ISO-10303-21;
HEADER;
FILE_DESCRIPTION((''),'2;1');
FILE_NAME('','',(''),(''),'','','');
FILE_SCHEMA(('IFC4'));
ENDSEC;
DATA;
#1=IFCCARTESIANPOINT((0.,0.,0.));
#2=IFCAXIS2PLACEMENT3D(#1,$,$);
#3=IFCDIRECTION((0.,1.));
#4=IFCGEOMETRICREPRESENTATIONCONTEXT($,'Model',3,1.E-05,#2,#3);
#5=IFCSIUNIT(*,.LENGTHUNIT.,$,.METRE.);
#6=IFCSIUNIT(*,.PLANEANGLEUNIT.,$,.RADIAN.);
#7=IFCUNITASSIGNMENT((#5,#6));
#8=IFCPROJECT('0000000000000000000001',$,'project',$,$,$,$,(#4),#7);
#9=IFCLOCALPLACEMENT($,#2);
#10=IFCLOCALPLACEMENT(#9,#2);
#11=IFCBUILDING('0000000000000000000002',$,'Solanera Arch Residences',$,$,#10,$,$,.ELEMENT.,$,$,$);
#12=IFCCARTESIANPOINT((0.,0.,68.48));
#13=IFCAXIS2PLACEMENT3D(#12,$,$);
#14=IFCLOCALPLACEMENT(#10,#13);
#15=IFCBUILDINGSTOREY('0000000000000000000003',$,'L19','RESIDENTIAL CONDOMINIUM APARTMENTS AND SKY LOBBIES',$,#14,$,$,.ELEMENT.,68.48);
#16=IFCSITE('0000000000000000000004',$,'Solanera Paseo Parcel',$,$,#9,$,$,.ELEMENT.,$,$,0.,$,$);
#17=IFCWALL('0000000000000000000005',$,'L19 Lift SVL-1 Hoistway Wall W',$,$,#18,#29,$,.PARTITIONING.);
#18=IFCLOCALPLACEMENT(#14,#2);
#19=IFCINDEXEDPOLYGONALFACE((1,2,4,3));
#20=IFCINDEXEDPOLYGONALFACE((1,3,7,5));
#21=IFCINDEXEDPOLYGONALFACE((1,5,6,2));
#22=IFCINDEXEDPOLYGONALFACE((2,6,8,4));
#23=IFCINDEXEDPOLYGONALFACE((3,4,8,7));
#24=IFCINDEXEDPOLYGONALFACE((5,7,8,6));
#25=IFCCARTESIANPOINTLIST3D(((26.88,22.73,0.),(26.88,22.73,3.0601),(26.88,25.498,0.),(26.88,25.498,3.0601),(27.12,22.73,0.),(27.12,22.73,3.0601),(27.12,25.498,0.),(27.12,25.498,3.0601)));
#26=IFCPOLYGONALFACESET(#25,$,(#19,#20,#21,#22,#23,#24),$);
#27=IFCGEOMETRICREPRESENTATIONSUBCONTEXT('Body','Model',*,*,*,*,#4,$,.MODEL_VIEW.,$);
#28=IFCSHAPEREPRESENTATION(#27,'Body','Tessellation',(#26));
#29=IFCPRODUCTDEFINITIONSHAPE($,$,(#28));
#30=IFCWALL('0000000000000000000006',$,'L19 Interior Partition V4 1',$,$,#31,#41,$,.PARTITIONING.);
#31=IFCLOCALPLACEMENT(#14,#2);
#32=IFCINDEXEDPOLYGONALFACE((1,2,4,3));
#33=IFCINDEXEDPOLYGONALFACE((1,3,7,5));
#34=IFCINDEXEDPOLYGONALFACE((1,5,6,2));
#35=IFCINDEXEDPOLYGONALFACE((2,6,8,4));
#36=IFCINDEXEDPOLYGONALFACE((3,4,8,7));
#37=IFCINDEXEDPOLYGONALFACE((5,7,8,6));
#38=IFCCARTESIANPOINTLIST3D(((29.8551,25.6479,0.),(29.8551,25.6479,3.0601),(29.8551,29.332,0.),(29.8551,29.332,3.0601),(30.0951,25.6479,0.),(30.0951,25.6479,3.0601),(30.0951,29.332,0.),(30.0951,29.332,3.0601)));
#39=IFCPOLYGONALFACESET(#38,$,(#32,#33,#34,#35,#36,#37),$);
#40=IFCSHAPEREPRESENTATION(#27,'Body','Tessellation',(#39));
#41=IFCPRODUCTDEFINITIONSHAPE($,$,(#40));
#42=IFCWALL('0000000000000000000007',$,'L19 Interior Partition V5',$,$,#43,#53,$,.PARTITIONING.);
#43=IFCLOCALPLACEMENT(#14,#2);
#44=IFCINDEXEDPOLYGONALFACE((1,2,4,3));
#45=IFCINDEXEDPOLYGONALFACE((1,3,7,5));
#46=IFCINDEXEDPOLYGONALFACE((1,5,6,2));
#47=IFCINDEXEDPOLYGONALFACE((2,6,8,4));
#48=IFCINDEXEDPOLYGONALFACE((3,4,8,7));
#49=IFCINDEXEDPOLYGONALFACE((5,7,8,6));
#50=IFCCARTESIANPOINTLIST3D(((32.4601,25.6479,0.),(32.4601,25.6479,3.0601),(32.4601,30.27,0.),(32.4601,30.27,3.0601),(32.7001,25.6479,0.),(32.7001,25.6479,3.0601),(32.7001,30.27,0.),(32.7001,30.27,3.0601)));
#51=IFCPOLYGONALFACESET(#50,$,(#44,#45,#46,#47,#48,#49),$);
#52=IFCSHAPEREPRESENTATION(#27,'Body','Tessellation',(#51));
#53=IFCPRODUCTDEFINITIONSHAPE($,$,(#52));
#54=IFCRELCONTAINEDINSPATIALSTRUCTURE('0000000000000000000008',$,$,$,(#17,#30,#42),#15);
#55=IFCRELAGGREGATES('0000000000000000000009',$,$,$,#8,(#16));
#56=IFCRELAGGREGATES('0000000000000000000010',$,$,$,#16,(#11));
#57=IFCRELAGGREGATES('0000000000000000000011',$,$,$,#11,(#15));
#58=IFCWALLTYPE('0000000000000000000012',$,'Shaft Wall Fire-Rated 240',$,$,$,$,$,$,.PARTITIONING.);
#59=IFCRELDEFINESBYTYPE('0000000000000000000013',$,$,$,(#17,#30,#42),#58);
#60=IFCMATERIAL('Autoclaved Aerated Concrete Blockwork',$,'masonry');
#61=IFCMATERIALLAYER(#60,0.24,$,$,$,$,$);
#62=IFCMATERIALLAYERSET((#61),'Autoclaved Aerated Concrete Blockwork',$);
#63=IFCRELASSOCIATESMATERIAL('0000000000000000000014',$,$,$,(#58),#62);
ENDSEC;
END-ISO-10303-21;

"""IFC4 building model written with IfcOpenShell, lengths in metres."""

from ifc_helpers import new_model, si_unit, direction, frame, frame_2d, origin, place, context, subcontext, project, spatial, rectangle, extrude, material, layer, layer_set, type_object, element, save


model = new_model("IFC4")

# Units and contexts
model_context = context("Model", 3, precision=1e-05, world=origin(), true_north=direction((0.0, 1.0)))
body_context = subcontext(model_context, "Body", "Model", "MODEL_VIEW")
ifc_project = project(units=[si_unit("LENGTHUNIT", "METRE"), si_unit("PLANEANGLEUNIT", "RADIAN")], contexts=[model_context])

# Site, building, storey
site_placement = place(None, origin())
site = spatial("IfcSite", under=ifc_project, at=site_placement, Name="Solanera Paseo Parcel", CompositionType="ELEMENT", RefElevation=0.0)
building_placement = place(site_placement, origin())
building = spatial("IfcBuilding", under=site, at=building_placement, Name="Solanera Arch Residences", CompositionType="ELEMENT")
storey_placement = place(building_placement, frame((0.0, 0.0, 68.48)))
storey = spatial("IfcBuildingStorey", under=building, at=storey_placement, Name="L19", Description="RESIDENTIAL CONDOMINIUM APARTMENTS AND SKY LOBBIES", CompositionType="ELEMENT", Elevation=68.48)

# Walls
ifc_material_1 = material(Name="Autoclaved Aerated Concrete Blockwork", Category="masonry")
ifc_layer_1 = layer(ifc_material_1, 0.24)
ifc_layer_set_1 = layer_set([ifc_layer_1], Name="Autoclaved Aerated Concrete Blockwork")
wall_type_1 = type_object("IfcWallType", Name="Shaft Wall Fire-Rated 240", PredefinedType="PARTITIONING", material=ifc_layer_set_1)
wall_1_placement = place(storey_placement, frame((27.0, 22.73, 0.0), z_axis=(0.0, 0.0, 1.0), x_axis=(0.0, 1.0, 0.0)))
element("IfcWall", 1, at=wall_1_placement, inside=storey, type_object=wall_type_1, Name="L19 Lift SVL-1 Hoistway Wall W", PredefinedType="PARTITIONING", context=body_context, shape_type="SweptSolid", body=[
    extrude(rectangle(XDim=2.7681, YDim=0.24, at=frame_2d((1.384, 0.0))), origin(), (0.0, 0.0, 1.0), 3.0601),
])
wall_2_placement = place(storey_placement, frame((29.9751, 25.6479, 0.0), z_axis=(0.0, 0.0, 1.0), x_axis=(0.0, 1.0, 0.0)))
element("IfcWall", 2, at=wall_2_placement, inside=storey, type_object=wall_type_1, Name="L19 Interior Partition V4 1", PredefinedType="PARTITIONING", context=body_context, shape_type="SweptSolid", body=[
    extrude(rectangle(XDim=3.6841, YDim=0.24, at=frame_2d((1.842, 0.0))), origin(), (0.0, 0.0, 1.0), 3.0601),
])

# Wall
wall_3_placement = place(storey_placement, frame((32.5801, 25.6479, 0.0), z_axis=(0.0, 0.0, 1.0), x_axis=(0.0, 1.0, 0.0)))
element("IfcWall", 3, at=wall_3_placement, inside=storey, type_object=wall_type_1, Name="L19 Interior Partition V5", PredefinedType="PARTITIONING", context=body_context, shape_type="SweptSolid", body=[
    extrude(rectangle(XDim=4.6221, YDim=0.24, at=frame_2d((2.311, 0.0))), origin(), (0.0, 0.0, 1.0), 3.0601),
])

save(model, "model.ifc")
